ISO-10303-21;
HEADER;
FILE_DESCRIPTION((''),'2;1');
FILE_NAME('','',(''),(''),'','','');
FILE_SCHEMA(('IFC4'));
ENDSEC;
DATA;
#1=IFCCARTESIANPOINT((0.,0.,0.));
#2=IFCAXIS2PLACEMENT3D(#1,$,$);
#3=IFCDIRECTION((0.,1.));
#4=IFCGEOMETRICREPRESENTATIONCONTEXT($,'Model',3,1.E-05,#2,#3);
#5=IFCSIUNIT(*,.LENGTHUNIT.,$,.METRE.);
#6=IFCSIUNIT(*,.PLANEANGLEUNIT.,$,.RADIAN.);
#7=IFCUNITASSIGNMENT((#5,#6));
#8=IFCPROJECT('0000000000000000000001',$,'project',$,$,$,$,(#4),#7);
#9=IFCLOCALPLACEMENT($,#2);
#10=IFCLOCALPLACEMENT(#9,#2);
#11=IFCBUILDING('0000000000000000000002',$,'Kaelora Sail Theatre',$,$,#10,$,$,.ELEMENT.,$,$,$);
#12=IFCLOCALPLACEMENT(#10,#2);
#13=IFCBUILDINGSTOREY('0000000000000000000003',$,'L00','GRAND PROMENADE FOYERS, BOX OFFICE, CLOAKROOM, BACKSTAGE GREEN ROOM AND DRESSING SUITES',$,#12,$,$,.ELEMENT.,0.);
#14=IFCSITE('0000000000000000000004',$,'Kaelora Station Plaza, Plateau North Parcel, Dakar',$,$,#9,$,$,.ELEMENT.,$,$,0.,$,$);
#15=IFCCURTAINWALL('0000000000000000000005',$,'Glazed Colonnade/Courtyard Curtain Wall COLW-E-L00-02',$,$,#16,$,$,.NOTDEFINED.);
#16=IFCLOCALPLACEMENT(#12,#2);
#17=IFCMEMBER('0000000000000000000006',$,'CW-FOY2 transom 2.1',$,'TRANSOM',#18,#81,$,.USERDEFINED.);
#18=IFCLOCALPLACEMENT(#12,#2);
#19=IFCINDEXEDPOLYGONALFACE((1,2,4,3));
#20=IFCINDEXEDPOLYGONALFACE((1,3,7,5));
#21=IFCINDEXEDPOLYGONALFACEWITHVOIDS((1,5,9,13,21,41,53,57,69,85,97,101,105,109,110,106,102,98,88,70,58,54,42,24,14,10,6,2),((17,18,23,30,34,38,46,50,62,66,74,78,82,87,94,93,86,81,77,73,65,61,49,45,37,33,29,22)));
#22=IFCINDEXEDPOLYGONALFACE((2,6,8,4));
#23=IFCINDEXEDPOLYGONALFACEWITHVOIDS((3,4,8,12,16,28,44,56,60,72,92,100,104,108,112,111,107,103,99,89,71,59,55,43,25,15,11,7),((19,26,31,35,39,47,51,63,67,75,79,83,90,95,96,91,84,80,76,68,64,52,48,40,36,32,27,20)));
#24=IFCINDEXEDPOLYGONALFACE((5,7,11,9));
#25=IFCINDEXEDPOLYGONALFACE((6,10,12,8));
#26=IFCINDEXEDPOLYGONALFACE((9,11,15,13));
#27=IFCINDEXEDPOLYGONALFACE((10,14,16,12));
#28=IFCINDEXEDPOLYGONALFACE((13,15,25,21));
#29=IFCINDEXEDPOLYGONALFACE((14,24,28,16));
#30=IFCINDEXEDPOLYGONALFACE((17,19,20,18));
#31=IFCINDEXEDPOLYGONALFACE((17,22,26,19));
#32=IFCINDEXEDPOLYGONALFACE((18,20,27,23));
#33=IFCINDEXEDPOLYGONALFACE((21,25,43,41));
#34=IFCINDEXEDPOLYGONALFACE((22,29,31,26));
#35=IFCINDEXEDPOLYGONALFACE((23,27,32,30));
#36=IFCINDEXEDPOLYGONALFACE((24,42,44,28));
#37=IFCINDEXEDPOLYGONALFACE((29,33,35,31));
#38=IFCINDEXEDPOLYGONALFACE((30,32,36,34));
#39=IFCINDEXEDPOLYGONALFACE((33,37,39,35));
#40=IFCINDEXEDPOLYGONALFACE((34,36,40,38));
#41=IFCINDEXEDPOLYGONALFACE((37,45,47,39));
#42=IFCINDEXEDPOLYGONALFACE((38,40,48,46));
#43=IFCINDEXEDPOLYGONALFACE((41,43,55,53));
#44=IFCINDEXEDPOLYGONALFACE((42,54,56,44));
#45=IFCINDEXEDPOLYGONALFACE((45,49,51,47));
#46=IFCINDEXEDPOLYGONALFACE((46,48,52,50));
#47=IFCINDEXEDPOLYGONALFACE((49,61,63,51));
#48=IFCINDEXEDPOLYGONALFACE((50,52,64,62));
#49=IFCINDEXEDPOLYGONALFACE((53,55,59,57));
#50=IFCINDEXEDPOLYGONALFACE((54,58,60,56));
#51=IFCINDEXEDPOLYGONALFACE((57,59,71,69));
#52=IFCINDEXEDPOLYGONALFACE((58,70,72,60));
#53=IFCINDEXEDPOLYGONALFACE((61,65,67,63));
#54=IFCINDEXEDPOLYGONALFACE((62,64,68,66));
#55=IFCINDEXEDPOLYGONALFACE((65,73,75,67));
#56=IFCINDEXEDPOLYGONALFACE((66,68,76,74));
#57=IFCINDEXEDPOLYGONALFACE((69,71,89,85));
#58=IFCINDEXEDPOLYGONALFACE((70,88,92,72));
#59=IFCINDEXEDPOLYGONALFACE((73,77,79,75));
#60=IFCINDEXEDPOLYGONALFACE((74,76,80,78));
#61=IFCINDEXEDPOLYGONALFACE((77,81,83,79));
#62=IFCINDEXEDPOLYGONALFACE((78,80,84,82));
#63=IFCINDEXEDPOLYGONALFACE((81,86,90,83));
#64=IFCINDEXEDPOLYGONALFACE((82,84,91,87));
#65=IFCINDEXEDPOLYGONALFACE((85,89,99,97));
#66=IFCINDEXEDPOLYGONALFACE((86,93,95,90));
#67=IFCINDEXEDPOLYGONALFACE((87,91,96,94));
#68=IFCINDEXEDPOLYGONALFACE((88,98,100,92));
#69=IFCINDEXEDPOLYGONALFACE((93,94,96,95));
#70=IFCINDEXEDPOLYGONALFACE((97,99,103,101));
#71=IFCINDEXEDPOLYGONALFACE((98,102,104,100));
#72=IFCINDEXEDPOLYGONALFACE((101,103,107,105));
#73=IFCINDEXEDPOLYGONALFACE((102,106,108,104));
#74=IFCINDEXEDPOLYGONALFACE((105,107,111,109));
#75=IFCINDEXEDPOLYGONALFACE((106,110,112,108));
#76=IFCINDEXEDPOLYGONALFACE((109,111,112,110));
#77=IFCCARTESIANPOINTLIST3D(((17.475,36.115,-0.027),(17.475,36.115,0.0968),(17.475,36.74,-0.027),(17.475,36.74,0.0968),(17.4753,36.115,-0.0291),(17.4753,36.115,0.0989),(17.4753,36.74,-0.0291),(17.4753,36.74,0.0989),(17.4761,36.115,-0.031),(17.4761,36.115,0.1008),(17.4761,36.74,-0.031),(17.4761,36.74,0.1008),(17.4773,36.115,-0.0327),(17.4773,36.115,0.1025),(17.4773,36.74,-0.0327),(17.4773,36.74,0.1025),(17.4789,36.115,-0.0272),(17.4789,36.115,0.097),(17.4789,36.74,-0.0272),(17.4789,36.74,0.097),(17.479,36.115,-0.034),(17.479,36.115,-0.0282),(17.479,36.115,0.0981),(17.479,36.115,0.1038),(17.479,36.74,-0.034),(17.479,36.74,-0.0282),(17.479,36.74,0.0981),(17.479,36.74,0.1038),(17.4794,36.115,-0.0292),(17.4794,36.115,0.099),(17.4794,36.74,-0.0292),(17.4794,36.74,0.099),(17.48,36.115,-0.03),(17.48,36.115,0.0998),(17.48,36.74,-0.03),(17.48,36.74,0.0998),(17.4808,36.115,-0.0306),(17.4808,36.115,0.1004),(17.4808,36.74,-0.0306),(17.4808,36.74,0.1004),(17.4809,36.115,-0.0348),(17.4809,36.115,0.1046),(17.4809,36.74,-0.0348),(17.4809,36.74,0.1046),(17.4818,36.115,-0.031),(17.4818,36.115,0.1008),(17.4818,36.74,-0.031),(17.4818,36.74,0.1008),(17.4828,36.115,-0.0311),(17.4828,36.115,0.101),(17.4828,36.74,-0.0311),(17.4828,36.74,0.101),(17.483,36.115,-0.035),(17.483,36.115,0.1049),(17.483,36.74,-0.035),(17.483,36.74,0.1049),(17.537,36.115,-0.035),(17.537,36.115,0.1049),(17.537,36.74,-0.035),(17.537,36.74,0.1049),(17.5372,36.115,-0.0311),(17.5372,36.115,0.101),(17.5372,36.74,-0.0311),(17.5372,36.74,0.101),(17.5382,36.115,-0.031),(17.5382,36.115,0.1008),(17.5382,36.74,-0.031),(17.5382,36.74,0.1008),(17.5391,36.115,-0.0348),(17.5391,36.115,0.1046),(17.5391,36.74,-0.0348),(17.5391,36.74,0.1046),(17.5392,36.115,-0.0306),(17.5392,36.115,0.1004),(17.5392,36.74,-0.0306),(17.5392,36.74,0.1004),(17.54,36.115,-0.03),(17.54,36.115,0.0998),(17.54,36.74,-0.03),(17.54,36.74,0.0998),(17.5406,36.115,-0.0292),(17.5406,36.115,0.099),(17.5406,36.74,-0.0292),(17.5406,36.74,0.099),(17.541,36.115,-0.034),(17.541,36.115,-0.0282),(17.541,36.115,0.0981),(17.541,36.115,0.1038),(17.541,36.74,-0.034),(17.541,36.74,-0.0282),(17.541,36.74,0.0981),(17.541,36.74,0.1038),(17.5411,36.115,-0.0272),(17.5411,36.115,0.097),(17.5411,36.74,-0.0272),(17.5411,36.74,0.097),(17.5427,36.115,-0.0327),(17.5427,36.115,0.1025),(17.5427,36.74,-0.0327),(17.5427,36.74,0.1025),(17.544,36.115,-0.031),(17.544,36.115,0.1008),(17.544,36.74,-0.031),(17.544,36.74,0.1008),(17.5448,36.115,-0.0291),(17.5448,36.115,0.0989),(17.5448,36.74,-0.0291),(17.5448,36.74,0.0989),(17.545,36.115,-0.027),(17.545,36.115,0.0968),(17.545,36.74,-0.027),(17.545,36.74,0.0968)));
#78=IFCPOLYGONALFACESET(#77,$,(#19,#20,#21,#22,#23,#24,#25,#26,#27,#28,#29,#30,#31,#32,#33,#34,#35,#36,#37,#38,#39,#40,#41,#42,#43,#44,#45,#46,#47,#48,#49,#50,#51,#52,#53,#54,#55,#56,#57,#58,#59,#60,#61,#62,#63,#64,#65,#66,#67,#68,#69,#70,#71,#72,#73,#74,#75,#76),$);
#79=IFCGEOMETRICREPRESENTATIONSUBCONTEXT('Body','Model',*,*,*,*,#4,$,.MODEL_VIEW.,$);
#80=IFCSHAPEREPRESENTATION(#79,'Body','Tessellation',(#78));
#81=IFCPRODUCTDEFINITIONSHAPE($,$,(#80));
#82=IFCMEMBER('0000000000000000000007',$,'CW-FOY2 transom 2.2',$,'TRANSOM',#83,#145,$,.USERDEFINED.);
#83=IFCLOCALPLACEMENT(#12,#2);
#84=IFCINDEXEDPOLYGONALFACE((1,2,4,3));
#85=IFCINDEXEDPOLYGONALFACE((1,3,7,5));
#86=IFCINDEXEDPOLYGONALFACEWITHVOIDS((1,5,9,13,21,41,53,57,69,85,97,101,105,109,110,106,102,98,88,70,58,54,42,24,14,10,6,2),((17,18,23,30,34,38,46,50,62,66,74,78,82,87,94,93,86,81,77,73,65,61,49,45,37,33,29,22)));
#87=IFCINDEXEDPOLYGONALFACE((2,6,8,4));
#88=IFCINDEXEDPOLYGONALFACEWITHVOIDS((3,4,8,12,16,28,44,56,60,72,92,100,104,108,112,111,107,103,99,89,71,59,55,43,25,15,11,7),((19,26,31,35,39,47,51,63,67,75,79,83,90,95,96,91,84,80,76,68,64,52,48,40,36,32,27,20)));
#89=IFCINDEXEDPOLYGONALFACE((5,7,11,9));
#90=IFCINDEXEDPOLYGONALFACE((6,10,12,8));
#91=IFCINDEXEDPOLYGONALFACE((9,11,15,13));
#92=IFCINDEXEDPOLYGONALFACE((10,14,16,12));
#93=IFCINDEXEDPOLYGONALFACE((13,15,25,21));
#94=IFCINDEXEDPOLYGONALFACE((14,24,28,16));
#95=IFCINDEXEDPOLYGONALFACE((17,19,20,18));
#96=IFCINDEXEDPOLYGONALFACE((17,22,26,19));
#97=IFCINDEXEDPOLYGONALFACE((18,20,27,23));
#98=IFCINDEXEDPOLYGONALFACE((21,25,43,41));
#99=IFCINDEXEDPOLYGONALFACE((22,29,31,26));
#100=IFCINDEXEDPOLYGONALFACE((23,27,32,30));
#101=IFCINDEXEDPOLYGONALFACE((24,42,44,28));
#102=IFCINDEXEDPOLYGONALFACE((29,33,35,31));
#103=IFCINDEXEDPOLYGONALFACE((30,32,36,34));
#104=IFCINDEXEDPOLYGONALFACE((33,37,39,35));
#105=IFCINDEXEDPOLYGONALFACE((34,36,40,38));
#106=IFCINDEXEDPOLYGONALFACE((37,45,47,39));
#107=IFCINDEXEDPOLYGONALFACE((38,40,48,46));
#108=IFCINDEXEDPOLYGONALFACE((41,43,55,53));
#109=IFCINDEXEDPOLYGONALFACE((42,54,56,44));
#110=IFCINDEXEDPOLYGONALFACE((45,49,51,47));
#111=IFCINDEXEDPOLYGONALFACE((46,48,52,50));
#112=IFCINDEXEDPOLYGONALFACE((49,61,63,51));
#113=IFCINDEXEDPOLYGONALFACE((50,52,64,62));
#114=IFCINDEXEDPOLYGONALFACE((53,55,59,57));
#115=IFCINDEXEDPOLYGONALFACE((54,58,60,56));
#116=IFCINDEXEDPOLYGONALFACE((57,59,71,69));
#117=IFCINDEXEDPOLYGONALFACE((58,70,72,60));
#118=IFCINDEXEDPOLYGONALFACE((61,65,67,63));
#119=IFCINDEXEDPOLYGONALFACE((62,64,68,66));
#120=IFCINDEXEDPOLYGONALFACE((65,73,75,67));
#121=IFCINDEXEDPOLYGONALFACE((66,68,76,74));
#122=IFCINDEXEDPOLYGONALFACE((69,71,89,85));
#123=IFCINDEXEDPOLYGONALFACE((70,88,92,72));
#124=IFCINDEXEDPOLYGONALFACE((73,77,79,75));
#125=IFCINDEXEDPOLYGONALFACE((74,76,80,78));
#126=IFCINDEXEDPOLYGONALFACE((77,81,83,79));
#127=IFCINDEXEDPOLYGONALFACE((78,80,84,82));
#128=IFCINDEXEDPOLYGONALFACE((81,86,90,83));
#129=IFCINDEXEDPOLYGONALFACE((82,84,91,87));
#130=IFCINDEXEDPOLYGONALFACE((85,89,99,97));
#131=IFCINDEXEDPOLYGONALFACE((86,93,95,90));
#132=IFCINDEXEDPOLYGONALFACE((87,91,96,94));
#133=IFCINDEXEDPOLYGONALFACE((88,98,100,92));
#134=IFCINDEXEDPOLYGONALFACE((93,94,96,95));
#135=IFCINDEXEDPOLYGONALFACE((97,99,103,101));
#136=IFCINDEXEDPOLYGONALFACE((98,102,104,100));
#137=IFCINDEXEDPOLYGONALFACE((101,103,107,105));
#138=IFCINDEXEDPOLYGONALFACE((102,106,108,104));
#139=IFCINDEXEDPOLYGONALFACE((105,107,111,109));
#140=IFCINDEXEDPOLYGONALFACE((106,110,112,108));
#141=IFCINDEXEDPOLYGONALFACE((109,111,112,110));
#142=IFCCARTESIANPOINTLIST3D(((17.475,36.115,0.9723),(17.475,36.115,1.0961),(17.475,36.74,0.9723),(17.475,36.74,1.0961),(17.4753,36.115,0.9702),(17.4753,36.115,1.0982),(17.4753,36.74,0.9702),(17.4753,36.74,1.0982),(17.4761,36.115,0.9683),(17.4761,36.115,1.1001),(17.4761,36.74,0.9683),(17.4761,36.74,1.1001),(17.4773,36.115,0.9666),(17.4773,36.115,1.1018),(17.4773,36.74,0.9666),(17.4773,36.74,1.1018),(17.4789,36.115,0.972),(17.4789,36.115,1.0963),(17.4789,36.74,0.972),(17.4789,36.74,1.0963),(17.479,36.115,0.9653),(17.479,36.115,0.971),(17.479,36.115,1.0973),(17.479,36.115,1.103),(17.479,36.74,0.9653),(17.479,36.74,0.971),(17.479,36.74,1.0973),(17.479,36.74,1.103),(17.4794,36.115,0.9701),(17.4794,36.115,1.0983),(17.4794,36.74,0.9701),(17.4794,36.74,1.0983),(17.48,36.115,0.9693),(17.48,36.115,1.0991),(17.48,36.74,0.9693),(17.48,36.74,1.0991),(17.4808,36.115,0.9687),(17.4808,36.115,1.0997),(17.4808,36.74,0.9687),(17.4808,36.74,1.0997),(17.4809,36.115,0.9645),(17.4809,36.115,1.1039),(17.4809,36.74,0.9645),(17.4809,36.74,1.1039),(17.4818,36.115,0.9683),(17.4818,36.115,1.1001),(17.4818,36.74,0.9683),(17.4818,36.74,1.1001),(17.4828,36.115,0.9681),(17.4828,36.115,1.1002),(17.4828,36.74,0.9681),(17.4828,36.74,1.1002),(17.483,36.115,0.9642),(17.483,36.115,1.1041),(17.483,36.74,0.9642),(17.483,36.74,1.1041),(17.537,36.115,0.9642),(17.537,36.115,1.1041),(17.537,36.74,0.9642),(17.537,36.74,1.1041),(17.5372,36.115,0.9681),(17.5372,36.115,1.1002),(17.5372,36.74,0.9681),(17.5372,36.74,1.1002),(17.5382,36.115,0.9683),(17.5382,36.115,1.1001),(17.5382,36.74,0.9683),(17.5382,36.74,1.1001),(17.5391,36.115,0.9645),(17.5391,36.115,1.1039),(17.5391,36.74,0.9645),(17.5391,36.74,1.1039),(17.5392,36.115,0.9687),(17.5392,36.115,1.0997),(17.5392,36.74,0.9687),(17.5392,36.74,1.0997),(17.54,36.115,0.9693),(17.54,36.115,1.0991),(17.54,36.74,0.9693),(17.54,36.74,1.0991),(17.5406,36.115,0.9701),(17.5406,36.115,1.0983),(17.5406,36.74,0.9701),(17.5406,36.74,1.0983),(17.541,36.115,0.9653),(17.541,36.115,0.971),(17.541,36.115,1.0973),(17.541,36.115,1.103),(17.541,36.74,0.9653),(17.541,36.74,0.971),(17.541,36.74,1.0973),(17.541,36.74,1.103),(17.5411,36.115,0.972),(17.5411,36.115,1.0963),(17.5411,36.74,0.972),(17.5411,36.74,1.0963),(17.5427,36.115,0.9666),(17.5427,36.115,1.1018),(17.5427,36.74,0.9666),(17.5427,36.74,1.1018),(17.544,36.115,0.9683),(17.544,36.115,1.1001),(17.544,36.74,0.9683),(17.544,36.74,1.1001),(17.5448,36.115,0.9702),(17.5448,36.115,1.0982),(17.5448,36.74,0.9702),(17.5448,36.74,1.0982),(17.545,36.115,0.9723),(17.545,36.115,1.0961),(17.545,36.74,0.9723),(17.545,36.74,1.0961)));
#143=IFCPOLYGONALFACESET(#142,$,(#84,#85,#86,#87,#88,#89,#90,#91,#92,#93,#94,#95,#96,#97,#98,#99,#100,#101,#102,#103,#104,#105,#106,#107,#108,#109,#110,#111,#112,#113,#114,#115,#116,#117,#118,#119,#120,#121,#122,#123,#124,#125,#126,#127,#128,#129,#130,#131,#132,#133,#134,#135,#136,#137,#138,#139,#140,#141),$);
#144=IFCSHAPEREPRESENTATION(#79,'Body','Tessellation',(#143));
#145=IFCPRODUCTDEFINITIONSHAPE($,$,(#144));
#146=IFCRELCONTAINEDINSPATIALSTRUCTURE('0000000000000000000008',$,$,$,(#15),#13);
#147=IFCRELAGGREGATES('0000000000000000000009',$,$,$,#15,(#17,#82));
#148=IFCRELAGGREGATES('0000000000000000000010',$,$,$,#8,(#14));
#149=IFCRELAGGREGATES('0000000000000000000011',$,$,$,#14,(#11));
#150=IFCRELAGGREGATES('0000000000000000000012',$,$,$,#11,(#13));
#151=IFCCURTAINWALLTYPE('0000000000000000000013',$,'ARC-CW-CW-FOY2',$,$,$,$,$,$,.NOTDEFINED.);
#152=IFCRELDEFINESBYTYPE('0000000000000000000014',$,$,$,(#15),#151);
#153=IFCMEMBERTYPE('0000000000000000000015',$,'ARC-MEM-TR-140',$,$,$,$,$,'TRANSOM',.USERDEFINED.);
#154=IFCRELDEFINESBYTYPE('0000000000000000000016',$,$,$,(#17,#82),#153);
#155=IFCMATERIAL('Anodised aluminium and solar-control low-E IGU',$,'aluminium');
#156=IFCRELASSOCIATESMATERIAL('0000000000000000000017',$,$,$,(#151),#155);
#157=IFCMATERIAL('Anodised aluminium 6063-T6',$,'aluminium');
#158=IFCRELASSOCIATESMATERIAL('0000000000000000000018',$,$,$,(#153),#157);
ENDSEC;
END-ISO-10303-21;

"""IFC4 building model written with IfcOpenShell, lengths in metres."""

from ifc_helpers import new_model, si_unit, direction, frame, origin, origin_2d, place, context, subcontext, project, spatial, hollow_rectangle, extrude, material, material_profile, profile_set, type_object, element, aggregate, save


model = new_model("IFC4")

# Units and contexts
model_context = context("Model", 3, precision=1e-05, world=origin(), true_north=direction((0.0, 1.0)))
body_context = subcontext(model_context, "Body", "Model", "MODEL_VIEW")
ifc_project = project(units=[si_unit("LENGTHUNIT", "METRE"), si_unit("PLANEANGLEUNIT", "RADIAN")], contexts=[model_context])

# Site, building, storey
site_placement = place(None, origin())
site = spatial("IfcSite", under=ifc_project, at=site_placement, Name="Kaelora Station Plaza, Plateau North Parcel, Dakar", CompositionType="ELEMENT", RefElevation=0.0)
building_placement = place(site_placement, origin())
building = spatial("IfcBuilding", under=site, at=building_placement, Name="Kaelora Sail Theatre", CompositionType="ELEMENT")
storey_placement = place(building_placement, origin())
storey = spatial("IfcBuildingStorey", under=building, at=storey_placement, Name="L00", Description="GRAND PROMENADE FOYERS, BOX OFFICE, CLOAKROOM, BACKSTAGE GREEN ROOM AND DRESSING SUITES", CompositionType="ELEMENT", Elevation=0.0)

# Shared definitions
ifc_material_1 = material(Name="Anodised aluminium and solar-control low-E IGU", Category="aluminium")
curtain_wall_type = type_object("IfcCurtainWallType", Name="ARC-CW-CW-FOY2", PredefinedType="NOTDEFINED", material=ifc_material_1)

# Curtain wall
curtain_wall_1_placement = place(storey_placement, origin())
curtain_wall_1 = element("IfcCurtainWall", 1, at=curtain_wall_1_placement, inside=storey, type_object=curtain_wall_type, Name="Glazed Colonnade/Courtyard Curtain Wall COLW-E-L00-02", PredefinedType="NOTDEFINED")

# Members
ifc_material_2 = material(Name="Anodised aluminium 6063-T6", Category="aluminium")
ifc_material_profile_1 = material_profile(ifc_material_2, hollow_rectangle(XDim=0.0701, YDim=0.1399, WallThickness=0.0039, InnerFilletRadius=0.0039, OuterFilletRadius=0.0081, at=origin_2d()), Name="ALU-TRAN 70x140x4")
ifc_profile_set_1 = profile_set([ifc_material_profile_1], Name="Anodised aluminium 6063-T6")
member_type_1 = type_object("IfcMemberType", Name="ARC-MEM-TR-140", ElementType="TRANSOM", PredefinedType="USERDEFINED", material=ifc_profile_set_1)
member_1_placement = place(storey_placement, frame((17.51, 36.115, 0.0349), z_axis=(0.0, 1.0, 0.0), x_axis=(-1.0, 0.0, 0.0)))
member_1 = element("IfcMember", 2, at=member_1_placement, type_object=member_type_1, Name="CW-FOY2 transom 2.1", ObjectType="TRANSOM", PredefinedType="USERDEFINED", context=body_context, shape_type="SweptSolid", body=[
    extrude(hollow_rectangle(XDim=0.0701, YDim=0.1399, WallThickness=0.0039, InnerFilletRadius=0.0039, OuterFilletRadius=0.0081, at=origin_2d()), origin(), (0.0, 0.0, 1.0), 0.625),
])
member_2_placement = place(storey_placement, frame((17.51, 36.115, 1.0342), z_axis=(0.0, 1.0, 0.0), x_axis=(-1.0, 0.0, 0.0)))
member_2 = element("IfcMember", 3, at=member_2_placement, type_object=member_type_1, Name="CW-FOY2 transom 2.2", ObjectType="TRANSOM", PredefinedType="USERDEFINED", context=body_context, shape_type="SweptSolid", body=[
    extrude(hollow_rectangle(XDim=0.0701, YDim=0.1399, WallThickness=0.0039, InnerFilletRadius=0.0039, OuterFilletRadius=0.0081, at=origin_2d()), origin(), (0.0, 0.0, 1.0), 0.625),
])

aggregate(curtain_wall_1, [member_1, member_2])

save(model, "model.ifc")
